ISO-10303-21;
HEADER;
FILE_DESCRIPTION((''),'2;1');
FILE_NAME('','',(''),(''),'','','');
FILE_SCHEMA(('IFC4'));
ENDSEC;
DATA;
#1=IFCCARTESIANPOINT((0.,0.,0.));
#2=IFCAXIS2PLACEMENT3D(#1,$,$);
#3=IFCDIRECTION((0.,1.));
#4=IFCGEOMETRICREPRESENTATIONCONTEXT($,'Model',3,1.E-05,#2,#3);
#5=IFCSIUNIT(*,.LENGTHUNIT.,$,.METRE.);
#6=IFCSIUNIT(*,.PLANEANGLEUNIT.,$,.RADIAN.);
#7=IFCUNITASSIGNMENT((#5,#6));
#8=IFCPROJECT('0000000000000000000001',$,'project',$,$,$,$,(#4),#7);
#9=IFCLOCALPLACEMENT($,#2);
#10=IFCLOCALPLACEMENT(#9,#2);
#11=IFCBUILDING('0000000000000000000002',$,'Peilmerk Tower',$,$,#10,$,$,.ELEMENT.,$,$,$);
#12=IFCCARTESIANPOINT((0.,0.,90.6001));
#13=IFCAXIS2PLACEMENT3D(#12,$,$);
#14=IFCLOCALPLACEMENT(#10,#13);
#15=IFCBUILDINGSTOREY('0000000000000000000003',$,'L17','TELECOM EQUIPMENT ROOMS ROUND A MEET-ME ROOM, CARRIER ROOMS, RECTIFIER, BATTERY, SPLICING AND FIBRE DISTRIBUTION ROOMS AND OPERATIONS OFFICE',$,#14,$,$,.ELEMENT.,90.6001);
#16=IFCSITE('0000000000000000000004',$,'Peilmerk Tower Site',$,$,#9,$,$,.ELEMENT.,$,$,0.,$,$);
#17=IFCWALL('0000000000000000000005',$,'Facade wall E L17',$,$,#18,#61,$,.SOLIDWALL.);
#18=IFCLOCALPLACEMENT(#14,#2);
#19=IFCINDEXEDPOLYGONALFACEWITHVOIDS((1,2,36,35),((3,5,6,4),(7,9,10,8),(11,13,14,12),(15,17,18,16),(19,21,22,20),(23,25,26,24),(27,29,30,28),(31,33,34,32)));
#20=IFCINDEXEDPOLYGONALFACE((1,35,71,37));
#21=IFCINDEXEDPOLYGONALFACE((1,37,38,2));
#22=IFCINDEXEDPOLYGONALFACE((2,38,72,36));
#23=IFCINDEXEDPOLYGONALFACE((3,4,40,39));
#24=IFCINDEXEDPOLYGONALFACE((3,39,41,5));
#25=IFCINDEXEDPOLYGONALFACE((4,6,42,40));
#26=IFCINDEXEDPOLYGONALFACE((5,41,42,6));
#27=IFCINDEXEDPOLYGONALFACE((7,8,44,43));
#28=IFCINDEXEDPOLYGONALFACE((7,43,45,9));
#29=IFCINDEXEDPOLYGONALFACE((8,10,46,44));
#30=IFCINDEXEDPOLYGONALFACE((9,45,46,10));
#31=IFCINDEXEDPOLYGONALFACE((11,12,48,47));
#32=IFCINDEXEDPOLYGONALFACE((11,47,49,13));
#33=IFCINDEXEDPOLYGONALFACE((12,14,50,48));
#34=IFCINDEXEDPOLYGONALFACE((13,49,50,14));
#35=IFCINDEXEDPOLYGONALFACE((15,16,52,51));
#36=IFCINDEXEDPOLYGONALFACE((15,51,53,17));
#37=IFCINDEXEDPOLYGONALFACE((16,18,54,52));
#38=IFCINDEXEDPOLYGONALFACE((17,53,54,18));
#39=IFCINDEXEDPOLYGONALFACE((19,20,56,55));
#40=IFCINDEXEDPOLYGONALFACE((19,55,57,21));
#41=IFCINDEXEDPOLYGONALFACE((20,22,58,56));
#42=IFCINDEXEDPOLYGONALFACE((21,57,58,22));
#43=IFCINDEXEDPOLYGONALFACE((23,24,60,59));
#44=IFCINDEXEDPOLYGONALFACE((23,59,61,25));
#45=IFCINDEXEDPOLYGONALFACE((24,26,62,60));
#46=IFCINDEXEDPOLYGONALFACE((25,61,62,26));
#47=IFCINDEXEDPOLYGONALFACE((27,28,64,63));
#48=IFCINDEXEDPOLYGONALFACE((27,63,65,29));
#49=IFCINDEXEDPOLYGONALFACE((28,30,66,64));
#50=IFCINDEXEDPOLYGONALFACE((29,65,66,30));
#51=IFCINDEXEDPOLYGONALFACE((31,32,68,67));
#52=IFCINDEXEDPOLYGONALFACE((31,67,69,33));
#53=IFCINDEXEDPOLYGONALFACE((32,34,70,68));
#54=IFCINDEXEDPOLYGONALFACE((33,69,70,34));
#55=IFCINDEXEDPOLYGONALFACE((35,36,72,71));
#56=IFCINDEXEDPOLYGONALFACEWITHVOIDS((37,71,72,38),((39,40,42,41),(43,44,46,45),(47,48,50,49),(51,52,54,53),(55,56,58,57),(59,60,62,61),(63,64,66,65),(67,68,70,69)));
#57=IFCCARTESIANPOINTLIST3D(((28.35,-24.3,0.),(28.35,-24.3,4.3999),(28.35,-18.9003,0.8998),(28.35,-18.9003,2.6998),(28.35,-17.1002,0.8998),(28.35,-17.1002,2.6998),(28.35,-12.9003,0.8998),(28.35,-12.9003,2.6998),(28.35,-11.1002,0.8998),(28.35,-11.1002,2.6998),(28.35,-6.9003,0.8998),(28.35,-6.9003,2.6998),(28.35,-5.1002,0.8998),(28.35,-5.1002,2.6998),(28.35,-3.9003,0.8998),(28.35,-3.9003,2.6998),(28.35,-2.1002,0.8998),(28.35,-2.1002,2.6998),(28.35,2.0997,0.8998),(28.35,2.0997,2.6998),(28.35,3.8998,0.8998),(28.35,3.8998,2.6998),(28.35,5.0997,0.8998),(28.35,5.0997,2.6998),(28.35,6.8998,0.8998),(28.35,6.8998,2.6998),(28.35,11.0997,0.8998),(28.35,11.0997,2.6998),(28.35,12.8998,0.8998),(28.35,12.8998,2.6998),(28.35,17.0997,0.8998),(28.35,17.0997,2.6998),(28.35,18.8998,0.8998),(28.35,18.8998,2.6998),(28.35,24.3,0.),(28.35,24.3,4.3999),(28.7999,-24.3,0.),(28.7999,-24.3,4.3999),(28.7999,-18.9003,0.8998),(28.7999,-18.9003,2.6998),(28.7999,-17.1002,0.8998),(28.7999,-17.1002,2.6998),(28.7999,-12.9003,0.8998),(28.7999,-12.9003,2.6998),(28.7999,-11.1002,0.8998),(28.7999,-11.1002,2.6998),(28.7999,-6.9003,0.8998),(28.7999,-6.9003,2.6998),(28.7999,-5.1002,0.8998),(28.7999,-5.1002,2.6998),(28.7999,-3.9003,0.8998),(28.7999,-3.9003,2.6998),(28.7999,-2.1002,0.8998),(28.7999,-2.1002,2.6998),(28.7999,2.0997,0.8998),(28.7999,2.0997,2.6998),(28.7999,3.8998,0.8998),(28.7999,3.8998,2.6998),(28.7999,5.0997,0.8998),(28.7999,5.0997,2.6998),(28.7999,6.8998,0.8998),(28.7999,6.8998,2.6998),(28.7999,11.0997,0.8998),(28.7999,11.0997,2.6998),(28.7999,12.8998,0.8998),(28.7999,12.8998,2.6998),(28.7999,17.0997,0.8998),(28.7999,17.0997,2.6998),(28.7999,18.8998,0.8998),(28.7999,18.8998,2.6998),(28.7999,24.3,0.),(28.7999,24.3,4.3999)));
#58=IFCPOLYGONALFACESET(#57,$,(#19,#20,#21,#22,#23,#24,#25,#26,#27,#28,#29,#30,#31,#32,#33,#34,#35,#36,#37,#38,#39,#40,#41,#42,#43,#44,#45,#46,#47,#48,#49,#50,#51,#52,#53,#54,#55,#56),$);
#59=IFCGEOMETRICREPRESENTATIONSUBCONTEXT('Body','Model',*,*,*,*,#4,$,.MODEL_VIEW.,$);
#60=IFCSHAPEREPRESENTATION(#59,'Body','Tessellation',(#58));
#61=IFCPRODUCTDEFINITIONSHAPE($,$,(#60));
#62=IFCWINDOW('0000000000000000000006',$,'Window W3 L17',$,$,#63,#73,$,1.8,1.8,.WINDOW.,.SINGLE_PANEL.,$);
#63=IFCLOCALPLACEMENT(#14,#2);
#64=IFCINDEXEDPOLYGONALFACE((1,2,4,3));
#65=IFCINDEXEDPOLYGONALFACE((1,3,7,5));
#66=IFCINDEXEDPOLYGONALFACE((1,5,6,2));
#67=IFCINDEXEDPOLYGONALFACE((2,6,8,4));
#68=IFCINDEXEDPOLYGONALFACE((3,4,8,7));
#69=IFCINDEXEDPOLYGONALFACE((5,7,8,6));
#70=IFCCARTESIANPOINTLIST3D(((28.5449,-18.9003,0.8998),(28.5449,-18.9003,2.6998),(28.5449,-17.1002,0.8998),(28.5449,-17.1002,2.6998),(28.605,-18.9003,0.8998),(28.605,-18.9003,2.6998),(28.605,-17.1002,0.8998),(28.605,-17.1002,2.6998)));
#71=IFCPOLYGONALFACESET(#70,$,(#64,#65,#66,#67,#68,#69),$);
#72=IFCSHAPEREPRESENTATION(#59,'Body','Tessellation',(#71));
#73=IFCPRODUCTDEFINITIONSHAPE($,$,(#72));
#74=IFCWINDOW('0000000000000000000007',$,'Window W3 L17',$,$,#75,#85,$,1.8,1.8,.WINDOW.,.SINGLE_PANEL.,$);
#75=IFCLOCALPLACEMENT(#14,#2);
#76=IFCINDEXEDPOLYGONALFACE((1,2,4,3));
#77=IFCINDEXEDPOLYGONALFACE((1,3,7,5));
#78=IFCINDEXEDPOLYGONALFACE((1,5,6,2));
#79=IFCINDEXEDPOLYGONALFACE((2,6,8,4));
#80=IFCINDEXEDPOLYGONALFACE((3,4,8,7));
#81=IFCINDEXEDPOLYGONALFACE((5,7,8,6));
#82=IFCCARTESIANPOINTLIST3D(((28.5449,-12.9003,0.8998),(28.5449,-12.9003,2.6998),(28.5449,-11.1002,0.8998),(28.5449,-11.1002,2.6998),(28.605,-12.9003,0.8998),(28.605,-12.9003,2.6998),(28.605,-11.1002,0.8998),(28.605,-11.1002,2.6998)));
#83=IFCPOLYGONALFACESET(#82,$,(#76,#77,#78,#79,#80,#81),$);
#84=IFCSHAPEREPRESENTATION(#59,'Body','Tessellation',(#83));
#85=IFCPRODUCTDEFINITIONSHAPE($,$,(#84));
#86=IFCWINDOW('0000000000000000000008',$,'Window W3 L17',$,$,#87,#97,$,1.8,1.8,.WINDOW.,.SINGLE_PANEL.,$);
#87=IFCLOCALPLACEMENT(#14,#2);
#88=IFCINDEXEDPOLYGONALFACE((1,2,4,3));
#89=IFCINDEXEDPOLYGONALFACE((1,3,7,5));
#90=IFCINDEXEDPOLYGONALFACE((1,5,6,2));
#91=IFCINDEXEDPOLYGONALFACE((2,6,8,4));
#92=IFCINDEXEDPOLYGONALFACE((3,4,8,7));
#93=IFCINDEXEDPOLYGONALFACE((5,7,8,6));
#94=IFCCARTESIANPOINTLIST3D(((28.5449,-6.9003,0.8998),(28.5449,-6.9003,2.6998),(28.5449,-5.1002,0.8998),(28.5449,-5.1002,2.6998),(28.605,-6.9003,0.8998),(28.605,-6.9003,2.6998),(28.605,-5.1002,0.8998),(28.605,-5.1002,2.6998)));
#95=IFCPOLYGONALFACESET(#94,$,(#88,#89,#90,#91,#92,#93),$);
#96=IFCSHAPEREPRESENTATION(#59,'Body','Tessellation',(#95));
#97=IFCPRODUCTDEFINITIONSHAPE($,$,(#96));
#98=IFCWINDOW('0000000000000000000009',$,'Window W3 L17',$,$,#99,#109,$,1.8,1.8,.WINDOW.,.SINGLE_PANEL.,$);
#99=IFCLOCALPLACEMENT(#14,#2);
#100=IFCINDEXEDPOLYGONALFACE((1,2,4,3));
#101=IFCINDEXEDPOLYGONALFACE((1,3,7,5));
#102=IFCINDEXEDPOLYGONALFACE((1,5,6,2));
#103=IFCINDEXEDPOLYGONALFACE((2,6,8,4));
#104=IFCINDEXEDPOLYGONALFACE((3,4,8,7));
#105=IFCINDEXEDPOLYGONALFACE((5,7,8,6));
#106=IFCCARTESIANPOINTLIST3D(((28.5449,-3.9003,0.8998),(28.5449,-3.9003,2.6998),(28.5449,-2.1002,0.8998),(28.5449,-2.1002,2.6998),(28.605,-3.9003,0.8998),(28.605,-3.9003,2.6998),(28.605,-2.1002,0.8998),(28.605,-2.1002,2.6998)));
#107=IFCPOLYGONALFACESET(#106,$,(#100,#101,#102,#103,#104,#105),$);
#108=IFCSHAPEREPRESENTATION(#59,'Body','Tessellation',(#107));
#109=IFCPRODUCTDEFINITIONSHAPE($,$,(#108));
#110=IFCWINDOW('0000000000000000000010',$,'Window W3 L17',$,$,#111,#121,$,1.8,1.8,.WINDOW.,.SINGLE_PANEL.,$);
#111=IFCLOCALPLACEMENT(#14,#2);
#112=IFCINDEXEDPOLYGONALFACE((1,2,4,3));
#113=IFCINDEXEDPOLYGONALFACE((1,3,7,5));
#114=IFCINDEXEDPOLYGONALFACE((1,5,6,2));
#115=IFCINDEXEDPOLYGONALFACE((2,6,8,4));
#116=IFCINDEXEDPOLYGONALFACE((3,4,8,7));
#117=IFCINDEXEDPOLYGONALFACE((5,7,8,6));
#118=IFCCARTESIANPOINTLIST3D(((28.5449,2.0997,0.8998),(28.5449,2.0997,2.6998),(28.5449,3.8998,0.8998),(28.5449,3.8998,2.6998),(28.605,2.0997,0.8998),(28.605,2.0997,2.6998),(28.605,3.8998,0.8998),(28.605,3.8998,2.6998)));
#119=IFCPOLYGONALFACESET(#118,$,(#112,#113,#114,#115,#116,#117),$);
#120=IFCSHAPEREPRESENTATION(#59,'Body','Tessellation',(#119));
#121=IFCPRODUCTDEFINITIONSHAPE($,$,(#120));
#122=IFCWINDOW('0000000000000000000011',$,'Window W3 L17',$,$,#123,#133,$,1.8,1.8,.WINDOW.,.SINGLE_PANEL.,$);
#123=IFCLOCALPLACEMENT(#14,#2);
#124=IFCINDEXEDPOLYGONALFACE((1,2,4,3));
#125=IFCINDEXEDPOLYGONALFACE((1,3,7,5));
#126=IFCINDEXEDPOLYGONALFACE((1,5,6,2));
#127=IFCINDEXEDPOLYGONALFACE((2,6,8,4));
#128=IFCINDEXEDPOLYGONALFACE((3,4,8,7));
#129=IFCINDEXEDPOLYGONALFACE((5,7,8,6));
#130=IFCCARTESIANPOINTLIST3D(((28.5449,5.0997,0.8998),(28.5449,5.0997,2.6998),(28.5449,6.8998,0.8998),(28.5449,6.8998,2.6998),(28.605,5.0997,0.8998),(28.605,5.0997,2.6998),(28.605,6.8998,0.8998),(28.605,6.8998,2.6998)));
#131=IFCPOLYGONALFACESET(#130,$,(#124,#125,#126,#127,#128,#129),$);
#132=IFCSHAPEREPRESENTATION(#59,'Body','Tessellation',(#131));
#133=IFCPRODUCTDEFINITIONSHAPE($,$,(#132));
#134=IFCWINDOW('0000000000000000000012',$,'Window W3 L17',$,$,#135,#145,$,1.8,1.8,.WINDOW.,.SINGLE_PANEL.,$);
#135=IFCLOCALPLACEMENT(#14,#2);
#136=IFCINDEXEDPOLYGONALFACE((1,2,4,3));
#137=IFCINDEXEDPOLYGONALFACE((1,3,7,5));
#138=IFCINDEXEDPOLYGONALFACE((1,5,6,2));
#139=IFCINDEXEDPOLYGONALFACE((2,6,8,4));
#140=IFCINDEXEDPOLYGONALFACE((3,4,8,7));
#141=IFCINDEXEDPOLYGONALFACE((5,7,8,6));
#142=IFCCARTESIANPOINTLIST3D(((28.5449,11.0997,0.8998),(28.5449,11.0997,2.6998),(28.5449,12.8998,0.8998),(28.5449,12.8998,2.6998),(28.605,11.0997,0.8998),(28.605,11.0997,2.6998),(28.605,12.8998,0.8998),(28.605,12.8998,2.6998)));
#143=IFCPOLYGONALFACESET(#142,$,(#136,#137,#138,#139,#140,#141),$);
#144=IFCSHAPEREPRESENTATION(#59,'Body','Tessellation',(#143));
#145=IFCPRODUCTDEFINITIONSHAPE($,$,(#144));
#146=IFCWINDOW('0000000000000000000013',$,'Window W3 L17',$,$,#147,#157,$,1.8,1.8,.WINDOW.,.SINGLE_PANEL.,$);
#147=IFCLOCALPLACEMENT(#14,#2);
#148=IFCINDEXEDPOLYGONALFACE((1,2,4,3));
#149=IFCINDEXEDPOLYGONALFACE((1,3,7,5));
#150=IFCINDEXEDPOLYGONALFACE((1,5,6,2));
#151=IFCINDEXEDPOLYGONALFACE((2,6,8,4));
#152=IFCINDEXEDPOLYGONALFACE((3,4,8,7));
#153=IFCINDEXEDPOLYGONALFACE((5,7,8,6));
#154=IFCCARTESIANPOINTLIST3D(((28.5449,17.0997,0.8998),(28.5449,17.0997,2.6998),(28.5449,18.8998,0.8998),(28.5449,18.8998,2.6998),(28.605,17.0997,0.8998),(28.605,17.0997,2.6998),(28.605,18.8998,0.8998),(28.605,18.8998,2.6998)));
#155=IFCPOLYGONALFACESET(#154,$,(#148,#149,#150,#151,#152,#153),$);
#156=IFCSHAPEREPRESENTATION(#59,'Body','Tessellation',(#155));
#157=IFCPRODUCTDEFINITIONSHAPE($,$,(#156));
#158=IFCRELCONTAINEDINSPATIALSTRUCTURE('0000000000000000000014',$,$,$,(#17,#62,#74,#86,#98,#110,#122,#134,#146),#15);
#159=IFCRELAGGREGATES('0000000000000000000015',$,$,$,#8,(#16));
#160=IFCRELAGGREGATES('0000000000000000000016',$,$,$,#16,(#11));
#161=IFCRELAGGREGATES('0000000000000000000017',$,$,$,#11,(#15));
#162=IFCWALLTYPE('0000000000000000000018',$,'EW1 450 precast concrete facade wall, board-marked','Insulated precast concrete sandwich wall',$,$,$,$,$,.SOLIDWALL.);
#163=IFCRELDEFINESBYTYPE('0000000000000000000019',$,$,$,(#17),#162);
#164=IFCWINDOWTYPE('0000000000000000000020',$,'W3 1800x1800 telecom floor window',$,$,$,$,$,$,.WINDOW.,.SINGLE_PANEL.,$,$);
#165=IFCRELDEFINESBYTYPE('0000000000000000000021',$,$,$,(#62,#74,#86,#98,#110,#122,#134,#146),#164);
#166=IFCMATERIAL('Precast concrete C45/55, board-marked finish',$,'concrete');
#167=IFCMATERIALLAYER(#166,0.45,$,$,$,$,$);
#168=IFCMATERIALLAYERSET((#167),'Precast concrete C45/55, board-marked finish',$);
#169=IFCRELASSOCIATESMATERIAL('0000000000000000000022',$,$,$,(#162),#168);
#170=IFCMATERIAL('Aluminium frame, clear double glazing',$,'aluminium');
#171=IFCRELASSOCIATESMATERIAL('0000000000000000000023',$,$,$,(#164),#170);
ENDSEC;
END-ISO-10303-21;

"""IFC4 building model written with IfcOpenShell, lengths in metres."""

from ifc_helpers import new_model, si_unit, direction, frame, frame_2d, origin, place, context, subcontext, project, spatial, rectangle, extrude, material, layer, layer_set, type_object, element, fill, save


model = new_model("IFC4")

# Units and contexts
model_context = context("Model", 3, precision=1e-05, world=origin(), true_north=direction((0.0, 1.0)))
body_context = subcontext(model_context, "Body", "Model", "MODEL_VIEW")
ifc_project = project(units=[si_unit("LENGTHUNIT", "METRE"), si_unit("PLANEANGLEUNIT", "RADIAN")], contexts=[model_context])

# Site, building, storey
site_placement = place(None, origin())
site = spatial("IfcSite", under=ifc_project, at=site_placement, Name="Peilmerk Tower Site", CompositionType="ELEMENT", RefElevation=0.0)
building_placement = place(site_placement, origin())
building = spatial("IfcBuilding", under=site, at=building_placement, Name="Peilmerk Tower", CompositionType="ELEMENT")
storey_placement = place(building_placement, frame((0.0, 0.0, 90.6001)))
storey = spatial("IfcBuildingStorey", under=building, at=storey_placement, Name="L17", Description="TELECOM EQUIPMENT ROOMS ROUND A MEET-ME ROOM, CARRIER ROOMS, RECTIFIER, BATTERY, SPLICING AND FIBRE DISTRIBUTION ROOMS AND OPERATIONS OFFICE", CompositionType="ELEMENT", Elevation=90.6001)

# Wall, openings, windows
ifc_material_1 = material(Name="Precast concrete C45/55, board-marked finish", Category="concrete")
ifc_layer = layer(ifc_material_1, 0.45)
ifc_layer_set = layer_set([ifc_layer], Name="Precast concrete C45/55, board-marked finish")
wall_type = type_object("IfcWallType", Name="EW1 450 precast concrete facade wall, board-marked", Description="Insulated precast concrete sandwich wall", PredefinedType="SOLIDWALL", material=ifc_layer_set)
wall_1_placement = place(storey_placement, frame((28.575, -24.3, 0.0), z_axis=(0.0, 0.0, 1.0), x_axis=(0.0, 1.0, 0.0)))
wall_1 = element("IfcWall", 1, at=wall_1_placement, inside=storey, type_object=wall_type, Name="Facade wall E L17", PredefinedType="SOLIDWALL", context=body_context, shape_type="SweptSolid", body=[
    extrude(rectangle(XDim=48.6001, YDim=0.45, at=frame_2d((24.3, 0.0))), origin(), (0.0, 0.0, 1.0), 4.3999),
])
opening_1_placement = place(wall_1_placement, frame((5.3999, 0.0, 0.8999)))
opening_1 = element("IfcOpeningElement", 2, at=opening_1_placement, cuts=wall_1, PredefinedType="OPENING", context=body_context, shape_type="SweptSolid", body=[
    extrude(rectangle(XDim=1.8, YDim=1.8, at=frame_2d((0.8999, 0.8999))), frame((0.0, 0.2349, 0.0), z_axis=(0.0, -1.0, 0.0), x_axis=(1.0, 0.0, 0.0)), (0.0, 0.0, 1.0), 0.47),
])
opening_2_placement = place(wall_1_placement, frame((11.3999, 0.0, 0.8999)))
opening_2 = element("IfcOpeningElement", 3, at=opening_2_placement, cuts=wall_1, PredefinedType="OPENING", context=body_context, shape_type="SweptSolid", body=[
    extrude(rectangle(XDim=1.8, YDim=1.8, at=frame_2d((0.8999, 0.8999))), frame((0.0, 0.2349, 0.0), z_axis=(0.0, -1.0, 0.0), x_axis=(1.0, 0.0, 0.0)), (0.0, 0.0, 1.0), 0.47),
])
opening_3_placement = place(wall_1_placement, frame((17.3999, 0.0, 0.8999)))
opening_3 = element("IfcOpeningElement", 4, at=opening_3_placement, cuts=wall_1, PredefinedType="OPENING", context=body_context, shape_type="SweptSolid", body=[
    extrude(rectangle(XDim=1.8, YDim=1.8, at=frame_2d((0.8999, 0.8999))), frame((0.0, 0.2349, 0.0), z_axis=(0.0, -1.0, 0.0), x_axis=(1.0, 0.0, 0.0)), (0.0, 0.0, 1.0), 0.47),
])
opening_4_placement = place(wall_1_placement, frame((20.3999, 0.0, 0.8999)))
opening_4 = element("IfcOpeningElement", 5, at=opening_4_placement, cuts=wall_1, PredefinedType="OPENING", context=body_context, shape_type="SweptSolid", body=[
    extrude(rectangle(XDim=1.8, YDim=1.8, at=frame_2d((0.8999, 0.8999))), frame((0.0, 0.2349, 0.0), z_axis=(0.0, -1.0, 0.0), x_axis=(1.0, 0.0, 0.0)), (0.0, 0.0, 1.0), 0.47),
])
opening_5_placement = place(wall_1_placement, frame((26.3999, 0.0, 0.8999)))
opening_5 = element("IfcOpeningElement", 6, at=opening_5_placement, cuts=wall_1, PredefinedType="OPENING", context=body_context, shape_type="SweptSolid", body=[
    extrude(rectangle(XDim=1.8, YDim=1.8, at=frame_2d((0.8999, 0.8999))), frame((0.0, 0.2349, 0.0), z_axis=(0.0, -1.0, 0.0), x_axis=(1.0, 0.0, 0.0)), (0.0, 0.0, 1.0), 0.47),
])
opening_6_placement = place(wall_1_placement, frame((29.3999, 0.0, 0.8999)))
opening_6 = element("IfcOpeningElement", 7, at=opening_6_placement, cuts=wall_1, PredefinedType="OPENING", context=body_context, shape_type="SweptSolid", body=[
    extrude(rectangle(XDim=1.8, YDim=1.8, at=frame_2d((0.8999, 0.8999))), frame((0.0, 0.2349, 0.0), z_axis=(0.0, -1.0, 0.0), x_axis=(1.0, 0.0, 0.0)), (0.0, 0.0, 1.0), 0.47),
])
opening_7_placement = place(wall_1_placement, frame((35.3999, 0.0, 0.8999)))
opening_7 = element("IfcOpeningElement", 8, at=opening_7_placement, cuts=wall_1, PredefinedType="OPENING", context=body_context, shape_type="SweptSolid", body=[
    extrude(rectangle(XDim=1.8, YDim=1.8, at=frame_2d((0.8999, 0.8999))), frame((0.0, 0.2349, 0.0), z_axis=(0.0, -1.0, 0.0), x_axis=(1.0, 0.0, 0.0)), (0.0, 0.0, 1.0), 0.47),
])
opening_8_placement = place(wall_1_placement, frame((41.3999, 0.0, 0.8999)))
opening_8 = element("IfcOpeningElement", 9, at=opening_8_placement, cuts=wall_1, PredefinedType="OPENING", context=body_context, shape_type="SweptSolid", body=[
    extrude(rectangle(XDim=1.8, YDim=1.8, at=frame_2d((0.8999, 0.8999))), frame((0.0, 0.2349, 0.0), z_axis=(0.0, -1.0, 0.0), x_axis=(1.0, 0.0, 0.0)), (0.0, 0.0, 1.0), 0.47),
])
ifc_material_2 = material(Name="Aluminium frame, clear double glazing", Category="aluminium")
window_type = type_object("IfcWindowType", Name="W3 1800x1800 telecom floor window", PartitioningType="SINGLE_PANEL", PredefinedType="WINDOW", material=ifc_material_2)
window_1_placement = place(opening_1_placement, origin())
window_1 = element("IfcWindow", 10, at=window_1_placement, inside=storey, type_object=window_type, Name="Window W3 L17", OverallHeight=1.8, OverallWidth=1.8, PartitioningType="SINGLE_PANEL", PredefinedType="WINDOW", context=body_context, shape_type="SweptSolid", body=[
    extrude(rectangle(XDim=1.8, YDim=1.8, at=frame_2d((0.8999, 0.8999))), frame((0.0, 0.03, 0.0), z_axis=(0.0, -1.0, 0.0), x_axis=(1.0, 0.0, 0.0)), (0.0, 0.0, 1.0), 0.0601),
])
fill(opening_1, window_1)
window_2_placement = place(opening_2_placement, origin())
window_2 = element("IfcWindow", 11, at=window_2_placement, inside=storey, type_object=window_type, Name="Window W3 L17", OverallHeight=1.8, OverallWidth=1.8, PartitioningType="SINGLE_PANEL", PredefinedType="WINDOW", context=body_context, shape_type="SweptSolid", body=[
    extrude(rectangle(XDim=1.8, YDim=1.8, at=frame_2d((0.8999, 0.8999))), frame((0.0, 0.03, 0.0), z_axis=(0.0, -1.0, 0.0), x_axis=(1.0, 0.0, 0.0)), (0.0, 0.0, 1.0), 0.0601),
])
fill(opening_2, window_2)
window_3_placement = place(opening_3_placement, origin())
window_3 = element("IfcWindow", 12, at=window_3_placement, inside=storey, type_object=window_type, Name="Window W3 L17", OverallHeight=1.8, OverallWidth=1.8, PartitioningType="SINGLE_PANEL", PredefinedType="WINDOW", context=body_context, shape_type="SweptSolid", body=[
    extrude(rectangle(XDim=1.8, YDim=1.8, at=frame_2d((0.8999, 0.8999))), frame((0.0, 0.03, 0.0), z_axis=(0.0, -1.0, 0.0), x_axis=(1.0, 0.0, 0.0)), (0.0, 0.0, 1.0), 0.0601),
])
fill(opening_3, window_3)
window_4_placement = place(opening_4_placement, origin())
window_4 = element("IfcWindow", 13, at=window_4_placement, inside=storey, type_object=window_type, Name="Window W3 L17", OverallHeight=1.8, OverallWidth=1.8, PartitioningType="SINGLE_PANEL", PredefinedType="WINDOW", context=body_context, shape_type="SweptSolid", body=[
    extrude(rectangle(XDim=1.8, YDim=1.8, at=frame_2d((0.8999, 0.8999))), frame((0.0, 0.03, 0.0), z_axis=(0.0, -1.0, 0.0), x_axis=(1.0, 0.0, 0.0)), (0.0, 0.0, 1.0), 0.0601),
])
fill(opening_4, window_4)
window_5_placement = place(opening_5_placement, origin())
window_5 = element("IfcWindow", 14, at=window_5_placement, inside=storey, type_object=window_type, Name="Window W3 L17", OverallHeight=1.8, OverallWidth=1.8, PartitioningType="SINGLE_PANEL", PredefinedType="WINDOW", context=body_context, shape_type="SweptSolid", body=[
    extrude(rectangle(XDim=1.8, YDim=1.8, at=frame_2d((0.8999, 0.8999))), frame((0.0, 0.03, 0.0), z_axis=(0.0, -1.0, 0.0), x_axis=(1.0, 0.0, 0.0)), (0.0, 0.0, 1.0), 0.0601),
])
fill(opening_5, window_5)
window_6_placement = place(opening_6_placement, origin())
window_6 = element("IfcWindow", 15, at=window_6_placement, inside=storey, type_object=window_type, Name="Window W3 L17", OverallHeight=1.8, OverallWidth=1.8, PartitioningType="SINGLE_PANEL", PredefinedType="WINDOW", context=body_context, shape_type="SweptSolid", body=[
    extrude(rectangle(XDim=1.8, YDim=1.8, at=frame_2d((0.8999, 0.8999))), frame((0.0, 0.03, 0.0), z_axis=(0.0, -1.0, 0.0), x_axis=(1.0, 0.0, 0.0)), (0.0, 0.0, 1.0), 0.0601),
])
fill(opening_6, window_6)
window_7_placement = place(opening_7_placement, origin())
window_7 = element("IfcWindow", 16, at=window_7_placement, inside=storey, type_object=window_type, Name="Window W3 L17", OverallHeight=1.8, OverallWidth=1.8, PartitioningType="SINGLE_PANEL", PredefinedType="WINDOW", context=body_context, shape_type="SweptSolid", body=[
    extrude(rectangle(XDim=1.8, YDim=1.8, at=frame_2d((0.8999, 0.8999))), frame((0.0, 0.03, 0.0), z_axis=(0.0, -1.0, 0.0), x_axis=(1.0, 0.0, 0.0)), (0.0, 0.0, 1.0), 0.0601),
])
fill(opening_7, window_7)
window_8_placement = place(opening_8_placement, origin())
window_8 = element("IfcWindow", 17, at=window_8_placement, inside=storey, type_object=window_type, Name="Window W3 L17", OverallHeight=1.8, OverallWidth=1.8, PartitioningType="SINGLE_PANEL", PredefinedType="WINDOW", context=body_context, shape_type="SweptSolid", body=[
    extrude(rectangle(XDim=1.8, YDim=1.8, at=frame_2d((0.8999, 0.8999))), frame((0.0, 0.03, 0.0), z_axis=(0.0, -1.0, 0.0), x_axis=(1.0, 0.0, 0.0)), (0.0, 0.0, 1.0), 0.0601),
])
fill(opening_8, window_8)

save(model, "model.ifc")
